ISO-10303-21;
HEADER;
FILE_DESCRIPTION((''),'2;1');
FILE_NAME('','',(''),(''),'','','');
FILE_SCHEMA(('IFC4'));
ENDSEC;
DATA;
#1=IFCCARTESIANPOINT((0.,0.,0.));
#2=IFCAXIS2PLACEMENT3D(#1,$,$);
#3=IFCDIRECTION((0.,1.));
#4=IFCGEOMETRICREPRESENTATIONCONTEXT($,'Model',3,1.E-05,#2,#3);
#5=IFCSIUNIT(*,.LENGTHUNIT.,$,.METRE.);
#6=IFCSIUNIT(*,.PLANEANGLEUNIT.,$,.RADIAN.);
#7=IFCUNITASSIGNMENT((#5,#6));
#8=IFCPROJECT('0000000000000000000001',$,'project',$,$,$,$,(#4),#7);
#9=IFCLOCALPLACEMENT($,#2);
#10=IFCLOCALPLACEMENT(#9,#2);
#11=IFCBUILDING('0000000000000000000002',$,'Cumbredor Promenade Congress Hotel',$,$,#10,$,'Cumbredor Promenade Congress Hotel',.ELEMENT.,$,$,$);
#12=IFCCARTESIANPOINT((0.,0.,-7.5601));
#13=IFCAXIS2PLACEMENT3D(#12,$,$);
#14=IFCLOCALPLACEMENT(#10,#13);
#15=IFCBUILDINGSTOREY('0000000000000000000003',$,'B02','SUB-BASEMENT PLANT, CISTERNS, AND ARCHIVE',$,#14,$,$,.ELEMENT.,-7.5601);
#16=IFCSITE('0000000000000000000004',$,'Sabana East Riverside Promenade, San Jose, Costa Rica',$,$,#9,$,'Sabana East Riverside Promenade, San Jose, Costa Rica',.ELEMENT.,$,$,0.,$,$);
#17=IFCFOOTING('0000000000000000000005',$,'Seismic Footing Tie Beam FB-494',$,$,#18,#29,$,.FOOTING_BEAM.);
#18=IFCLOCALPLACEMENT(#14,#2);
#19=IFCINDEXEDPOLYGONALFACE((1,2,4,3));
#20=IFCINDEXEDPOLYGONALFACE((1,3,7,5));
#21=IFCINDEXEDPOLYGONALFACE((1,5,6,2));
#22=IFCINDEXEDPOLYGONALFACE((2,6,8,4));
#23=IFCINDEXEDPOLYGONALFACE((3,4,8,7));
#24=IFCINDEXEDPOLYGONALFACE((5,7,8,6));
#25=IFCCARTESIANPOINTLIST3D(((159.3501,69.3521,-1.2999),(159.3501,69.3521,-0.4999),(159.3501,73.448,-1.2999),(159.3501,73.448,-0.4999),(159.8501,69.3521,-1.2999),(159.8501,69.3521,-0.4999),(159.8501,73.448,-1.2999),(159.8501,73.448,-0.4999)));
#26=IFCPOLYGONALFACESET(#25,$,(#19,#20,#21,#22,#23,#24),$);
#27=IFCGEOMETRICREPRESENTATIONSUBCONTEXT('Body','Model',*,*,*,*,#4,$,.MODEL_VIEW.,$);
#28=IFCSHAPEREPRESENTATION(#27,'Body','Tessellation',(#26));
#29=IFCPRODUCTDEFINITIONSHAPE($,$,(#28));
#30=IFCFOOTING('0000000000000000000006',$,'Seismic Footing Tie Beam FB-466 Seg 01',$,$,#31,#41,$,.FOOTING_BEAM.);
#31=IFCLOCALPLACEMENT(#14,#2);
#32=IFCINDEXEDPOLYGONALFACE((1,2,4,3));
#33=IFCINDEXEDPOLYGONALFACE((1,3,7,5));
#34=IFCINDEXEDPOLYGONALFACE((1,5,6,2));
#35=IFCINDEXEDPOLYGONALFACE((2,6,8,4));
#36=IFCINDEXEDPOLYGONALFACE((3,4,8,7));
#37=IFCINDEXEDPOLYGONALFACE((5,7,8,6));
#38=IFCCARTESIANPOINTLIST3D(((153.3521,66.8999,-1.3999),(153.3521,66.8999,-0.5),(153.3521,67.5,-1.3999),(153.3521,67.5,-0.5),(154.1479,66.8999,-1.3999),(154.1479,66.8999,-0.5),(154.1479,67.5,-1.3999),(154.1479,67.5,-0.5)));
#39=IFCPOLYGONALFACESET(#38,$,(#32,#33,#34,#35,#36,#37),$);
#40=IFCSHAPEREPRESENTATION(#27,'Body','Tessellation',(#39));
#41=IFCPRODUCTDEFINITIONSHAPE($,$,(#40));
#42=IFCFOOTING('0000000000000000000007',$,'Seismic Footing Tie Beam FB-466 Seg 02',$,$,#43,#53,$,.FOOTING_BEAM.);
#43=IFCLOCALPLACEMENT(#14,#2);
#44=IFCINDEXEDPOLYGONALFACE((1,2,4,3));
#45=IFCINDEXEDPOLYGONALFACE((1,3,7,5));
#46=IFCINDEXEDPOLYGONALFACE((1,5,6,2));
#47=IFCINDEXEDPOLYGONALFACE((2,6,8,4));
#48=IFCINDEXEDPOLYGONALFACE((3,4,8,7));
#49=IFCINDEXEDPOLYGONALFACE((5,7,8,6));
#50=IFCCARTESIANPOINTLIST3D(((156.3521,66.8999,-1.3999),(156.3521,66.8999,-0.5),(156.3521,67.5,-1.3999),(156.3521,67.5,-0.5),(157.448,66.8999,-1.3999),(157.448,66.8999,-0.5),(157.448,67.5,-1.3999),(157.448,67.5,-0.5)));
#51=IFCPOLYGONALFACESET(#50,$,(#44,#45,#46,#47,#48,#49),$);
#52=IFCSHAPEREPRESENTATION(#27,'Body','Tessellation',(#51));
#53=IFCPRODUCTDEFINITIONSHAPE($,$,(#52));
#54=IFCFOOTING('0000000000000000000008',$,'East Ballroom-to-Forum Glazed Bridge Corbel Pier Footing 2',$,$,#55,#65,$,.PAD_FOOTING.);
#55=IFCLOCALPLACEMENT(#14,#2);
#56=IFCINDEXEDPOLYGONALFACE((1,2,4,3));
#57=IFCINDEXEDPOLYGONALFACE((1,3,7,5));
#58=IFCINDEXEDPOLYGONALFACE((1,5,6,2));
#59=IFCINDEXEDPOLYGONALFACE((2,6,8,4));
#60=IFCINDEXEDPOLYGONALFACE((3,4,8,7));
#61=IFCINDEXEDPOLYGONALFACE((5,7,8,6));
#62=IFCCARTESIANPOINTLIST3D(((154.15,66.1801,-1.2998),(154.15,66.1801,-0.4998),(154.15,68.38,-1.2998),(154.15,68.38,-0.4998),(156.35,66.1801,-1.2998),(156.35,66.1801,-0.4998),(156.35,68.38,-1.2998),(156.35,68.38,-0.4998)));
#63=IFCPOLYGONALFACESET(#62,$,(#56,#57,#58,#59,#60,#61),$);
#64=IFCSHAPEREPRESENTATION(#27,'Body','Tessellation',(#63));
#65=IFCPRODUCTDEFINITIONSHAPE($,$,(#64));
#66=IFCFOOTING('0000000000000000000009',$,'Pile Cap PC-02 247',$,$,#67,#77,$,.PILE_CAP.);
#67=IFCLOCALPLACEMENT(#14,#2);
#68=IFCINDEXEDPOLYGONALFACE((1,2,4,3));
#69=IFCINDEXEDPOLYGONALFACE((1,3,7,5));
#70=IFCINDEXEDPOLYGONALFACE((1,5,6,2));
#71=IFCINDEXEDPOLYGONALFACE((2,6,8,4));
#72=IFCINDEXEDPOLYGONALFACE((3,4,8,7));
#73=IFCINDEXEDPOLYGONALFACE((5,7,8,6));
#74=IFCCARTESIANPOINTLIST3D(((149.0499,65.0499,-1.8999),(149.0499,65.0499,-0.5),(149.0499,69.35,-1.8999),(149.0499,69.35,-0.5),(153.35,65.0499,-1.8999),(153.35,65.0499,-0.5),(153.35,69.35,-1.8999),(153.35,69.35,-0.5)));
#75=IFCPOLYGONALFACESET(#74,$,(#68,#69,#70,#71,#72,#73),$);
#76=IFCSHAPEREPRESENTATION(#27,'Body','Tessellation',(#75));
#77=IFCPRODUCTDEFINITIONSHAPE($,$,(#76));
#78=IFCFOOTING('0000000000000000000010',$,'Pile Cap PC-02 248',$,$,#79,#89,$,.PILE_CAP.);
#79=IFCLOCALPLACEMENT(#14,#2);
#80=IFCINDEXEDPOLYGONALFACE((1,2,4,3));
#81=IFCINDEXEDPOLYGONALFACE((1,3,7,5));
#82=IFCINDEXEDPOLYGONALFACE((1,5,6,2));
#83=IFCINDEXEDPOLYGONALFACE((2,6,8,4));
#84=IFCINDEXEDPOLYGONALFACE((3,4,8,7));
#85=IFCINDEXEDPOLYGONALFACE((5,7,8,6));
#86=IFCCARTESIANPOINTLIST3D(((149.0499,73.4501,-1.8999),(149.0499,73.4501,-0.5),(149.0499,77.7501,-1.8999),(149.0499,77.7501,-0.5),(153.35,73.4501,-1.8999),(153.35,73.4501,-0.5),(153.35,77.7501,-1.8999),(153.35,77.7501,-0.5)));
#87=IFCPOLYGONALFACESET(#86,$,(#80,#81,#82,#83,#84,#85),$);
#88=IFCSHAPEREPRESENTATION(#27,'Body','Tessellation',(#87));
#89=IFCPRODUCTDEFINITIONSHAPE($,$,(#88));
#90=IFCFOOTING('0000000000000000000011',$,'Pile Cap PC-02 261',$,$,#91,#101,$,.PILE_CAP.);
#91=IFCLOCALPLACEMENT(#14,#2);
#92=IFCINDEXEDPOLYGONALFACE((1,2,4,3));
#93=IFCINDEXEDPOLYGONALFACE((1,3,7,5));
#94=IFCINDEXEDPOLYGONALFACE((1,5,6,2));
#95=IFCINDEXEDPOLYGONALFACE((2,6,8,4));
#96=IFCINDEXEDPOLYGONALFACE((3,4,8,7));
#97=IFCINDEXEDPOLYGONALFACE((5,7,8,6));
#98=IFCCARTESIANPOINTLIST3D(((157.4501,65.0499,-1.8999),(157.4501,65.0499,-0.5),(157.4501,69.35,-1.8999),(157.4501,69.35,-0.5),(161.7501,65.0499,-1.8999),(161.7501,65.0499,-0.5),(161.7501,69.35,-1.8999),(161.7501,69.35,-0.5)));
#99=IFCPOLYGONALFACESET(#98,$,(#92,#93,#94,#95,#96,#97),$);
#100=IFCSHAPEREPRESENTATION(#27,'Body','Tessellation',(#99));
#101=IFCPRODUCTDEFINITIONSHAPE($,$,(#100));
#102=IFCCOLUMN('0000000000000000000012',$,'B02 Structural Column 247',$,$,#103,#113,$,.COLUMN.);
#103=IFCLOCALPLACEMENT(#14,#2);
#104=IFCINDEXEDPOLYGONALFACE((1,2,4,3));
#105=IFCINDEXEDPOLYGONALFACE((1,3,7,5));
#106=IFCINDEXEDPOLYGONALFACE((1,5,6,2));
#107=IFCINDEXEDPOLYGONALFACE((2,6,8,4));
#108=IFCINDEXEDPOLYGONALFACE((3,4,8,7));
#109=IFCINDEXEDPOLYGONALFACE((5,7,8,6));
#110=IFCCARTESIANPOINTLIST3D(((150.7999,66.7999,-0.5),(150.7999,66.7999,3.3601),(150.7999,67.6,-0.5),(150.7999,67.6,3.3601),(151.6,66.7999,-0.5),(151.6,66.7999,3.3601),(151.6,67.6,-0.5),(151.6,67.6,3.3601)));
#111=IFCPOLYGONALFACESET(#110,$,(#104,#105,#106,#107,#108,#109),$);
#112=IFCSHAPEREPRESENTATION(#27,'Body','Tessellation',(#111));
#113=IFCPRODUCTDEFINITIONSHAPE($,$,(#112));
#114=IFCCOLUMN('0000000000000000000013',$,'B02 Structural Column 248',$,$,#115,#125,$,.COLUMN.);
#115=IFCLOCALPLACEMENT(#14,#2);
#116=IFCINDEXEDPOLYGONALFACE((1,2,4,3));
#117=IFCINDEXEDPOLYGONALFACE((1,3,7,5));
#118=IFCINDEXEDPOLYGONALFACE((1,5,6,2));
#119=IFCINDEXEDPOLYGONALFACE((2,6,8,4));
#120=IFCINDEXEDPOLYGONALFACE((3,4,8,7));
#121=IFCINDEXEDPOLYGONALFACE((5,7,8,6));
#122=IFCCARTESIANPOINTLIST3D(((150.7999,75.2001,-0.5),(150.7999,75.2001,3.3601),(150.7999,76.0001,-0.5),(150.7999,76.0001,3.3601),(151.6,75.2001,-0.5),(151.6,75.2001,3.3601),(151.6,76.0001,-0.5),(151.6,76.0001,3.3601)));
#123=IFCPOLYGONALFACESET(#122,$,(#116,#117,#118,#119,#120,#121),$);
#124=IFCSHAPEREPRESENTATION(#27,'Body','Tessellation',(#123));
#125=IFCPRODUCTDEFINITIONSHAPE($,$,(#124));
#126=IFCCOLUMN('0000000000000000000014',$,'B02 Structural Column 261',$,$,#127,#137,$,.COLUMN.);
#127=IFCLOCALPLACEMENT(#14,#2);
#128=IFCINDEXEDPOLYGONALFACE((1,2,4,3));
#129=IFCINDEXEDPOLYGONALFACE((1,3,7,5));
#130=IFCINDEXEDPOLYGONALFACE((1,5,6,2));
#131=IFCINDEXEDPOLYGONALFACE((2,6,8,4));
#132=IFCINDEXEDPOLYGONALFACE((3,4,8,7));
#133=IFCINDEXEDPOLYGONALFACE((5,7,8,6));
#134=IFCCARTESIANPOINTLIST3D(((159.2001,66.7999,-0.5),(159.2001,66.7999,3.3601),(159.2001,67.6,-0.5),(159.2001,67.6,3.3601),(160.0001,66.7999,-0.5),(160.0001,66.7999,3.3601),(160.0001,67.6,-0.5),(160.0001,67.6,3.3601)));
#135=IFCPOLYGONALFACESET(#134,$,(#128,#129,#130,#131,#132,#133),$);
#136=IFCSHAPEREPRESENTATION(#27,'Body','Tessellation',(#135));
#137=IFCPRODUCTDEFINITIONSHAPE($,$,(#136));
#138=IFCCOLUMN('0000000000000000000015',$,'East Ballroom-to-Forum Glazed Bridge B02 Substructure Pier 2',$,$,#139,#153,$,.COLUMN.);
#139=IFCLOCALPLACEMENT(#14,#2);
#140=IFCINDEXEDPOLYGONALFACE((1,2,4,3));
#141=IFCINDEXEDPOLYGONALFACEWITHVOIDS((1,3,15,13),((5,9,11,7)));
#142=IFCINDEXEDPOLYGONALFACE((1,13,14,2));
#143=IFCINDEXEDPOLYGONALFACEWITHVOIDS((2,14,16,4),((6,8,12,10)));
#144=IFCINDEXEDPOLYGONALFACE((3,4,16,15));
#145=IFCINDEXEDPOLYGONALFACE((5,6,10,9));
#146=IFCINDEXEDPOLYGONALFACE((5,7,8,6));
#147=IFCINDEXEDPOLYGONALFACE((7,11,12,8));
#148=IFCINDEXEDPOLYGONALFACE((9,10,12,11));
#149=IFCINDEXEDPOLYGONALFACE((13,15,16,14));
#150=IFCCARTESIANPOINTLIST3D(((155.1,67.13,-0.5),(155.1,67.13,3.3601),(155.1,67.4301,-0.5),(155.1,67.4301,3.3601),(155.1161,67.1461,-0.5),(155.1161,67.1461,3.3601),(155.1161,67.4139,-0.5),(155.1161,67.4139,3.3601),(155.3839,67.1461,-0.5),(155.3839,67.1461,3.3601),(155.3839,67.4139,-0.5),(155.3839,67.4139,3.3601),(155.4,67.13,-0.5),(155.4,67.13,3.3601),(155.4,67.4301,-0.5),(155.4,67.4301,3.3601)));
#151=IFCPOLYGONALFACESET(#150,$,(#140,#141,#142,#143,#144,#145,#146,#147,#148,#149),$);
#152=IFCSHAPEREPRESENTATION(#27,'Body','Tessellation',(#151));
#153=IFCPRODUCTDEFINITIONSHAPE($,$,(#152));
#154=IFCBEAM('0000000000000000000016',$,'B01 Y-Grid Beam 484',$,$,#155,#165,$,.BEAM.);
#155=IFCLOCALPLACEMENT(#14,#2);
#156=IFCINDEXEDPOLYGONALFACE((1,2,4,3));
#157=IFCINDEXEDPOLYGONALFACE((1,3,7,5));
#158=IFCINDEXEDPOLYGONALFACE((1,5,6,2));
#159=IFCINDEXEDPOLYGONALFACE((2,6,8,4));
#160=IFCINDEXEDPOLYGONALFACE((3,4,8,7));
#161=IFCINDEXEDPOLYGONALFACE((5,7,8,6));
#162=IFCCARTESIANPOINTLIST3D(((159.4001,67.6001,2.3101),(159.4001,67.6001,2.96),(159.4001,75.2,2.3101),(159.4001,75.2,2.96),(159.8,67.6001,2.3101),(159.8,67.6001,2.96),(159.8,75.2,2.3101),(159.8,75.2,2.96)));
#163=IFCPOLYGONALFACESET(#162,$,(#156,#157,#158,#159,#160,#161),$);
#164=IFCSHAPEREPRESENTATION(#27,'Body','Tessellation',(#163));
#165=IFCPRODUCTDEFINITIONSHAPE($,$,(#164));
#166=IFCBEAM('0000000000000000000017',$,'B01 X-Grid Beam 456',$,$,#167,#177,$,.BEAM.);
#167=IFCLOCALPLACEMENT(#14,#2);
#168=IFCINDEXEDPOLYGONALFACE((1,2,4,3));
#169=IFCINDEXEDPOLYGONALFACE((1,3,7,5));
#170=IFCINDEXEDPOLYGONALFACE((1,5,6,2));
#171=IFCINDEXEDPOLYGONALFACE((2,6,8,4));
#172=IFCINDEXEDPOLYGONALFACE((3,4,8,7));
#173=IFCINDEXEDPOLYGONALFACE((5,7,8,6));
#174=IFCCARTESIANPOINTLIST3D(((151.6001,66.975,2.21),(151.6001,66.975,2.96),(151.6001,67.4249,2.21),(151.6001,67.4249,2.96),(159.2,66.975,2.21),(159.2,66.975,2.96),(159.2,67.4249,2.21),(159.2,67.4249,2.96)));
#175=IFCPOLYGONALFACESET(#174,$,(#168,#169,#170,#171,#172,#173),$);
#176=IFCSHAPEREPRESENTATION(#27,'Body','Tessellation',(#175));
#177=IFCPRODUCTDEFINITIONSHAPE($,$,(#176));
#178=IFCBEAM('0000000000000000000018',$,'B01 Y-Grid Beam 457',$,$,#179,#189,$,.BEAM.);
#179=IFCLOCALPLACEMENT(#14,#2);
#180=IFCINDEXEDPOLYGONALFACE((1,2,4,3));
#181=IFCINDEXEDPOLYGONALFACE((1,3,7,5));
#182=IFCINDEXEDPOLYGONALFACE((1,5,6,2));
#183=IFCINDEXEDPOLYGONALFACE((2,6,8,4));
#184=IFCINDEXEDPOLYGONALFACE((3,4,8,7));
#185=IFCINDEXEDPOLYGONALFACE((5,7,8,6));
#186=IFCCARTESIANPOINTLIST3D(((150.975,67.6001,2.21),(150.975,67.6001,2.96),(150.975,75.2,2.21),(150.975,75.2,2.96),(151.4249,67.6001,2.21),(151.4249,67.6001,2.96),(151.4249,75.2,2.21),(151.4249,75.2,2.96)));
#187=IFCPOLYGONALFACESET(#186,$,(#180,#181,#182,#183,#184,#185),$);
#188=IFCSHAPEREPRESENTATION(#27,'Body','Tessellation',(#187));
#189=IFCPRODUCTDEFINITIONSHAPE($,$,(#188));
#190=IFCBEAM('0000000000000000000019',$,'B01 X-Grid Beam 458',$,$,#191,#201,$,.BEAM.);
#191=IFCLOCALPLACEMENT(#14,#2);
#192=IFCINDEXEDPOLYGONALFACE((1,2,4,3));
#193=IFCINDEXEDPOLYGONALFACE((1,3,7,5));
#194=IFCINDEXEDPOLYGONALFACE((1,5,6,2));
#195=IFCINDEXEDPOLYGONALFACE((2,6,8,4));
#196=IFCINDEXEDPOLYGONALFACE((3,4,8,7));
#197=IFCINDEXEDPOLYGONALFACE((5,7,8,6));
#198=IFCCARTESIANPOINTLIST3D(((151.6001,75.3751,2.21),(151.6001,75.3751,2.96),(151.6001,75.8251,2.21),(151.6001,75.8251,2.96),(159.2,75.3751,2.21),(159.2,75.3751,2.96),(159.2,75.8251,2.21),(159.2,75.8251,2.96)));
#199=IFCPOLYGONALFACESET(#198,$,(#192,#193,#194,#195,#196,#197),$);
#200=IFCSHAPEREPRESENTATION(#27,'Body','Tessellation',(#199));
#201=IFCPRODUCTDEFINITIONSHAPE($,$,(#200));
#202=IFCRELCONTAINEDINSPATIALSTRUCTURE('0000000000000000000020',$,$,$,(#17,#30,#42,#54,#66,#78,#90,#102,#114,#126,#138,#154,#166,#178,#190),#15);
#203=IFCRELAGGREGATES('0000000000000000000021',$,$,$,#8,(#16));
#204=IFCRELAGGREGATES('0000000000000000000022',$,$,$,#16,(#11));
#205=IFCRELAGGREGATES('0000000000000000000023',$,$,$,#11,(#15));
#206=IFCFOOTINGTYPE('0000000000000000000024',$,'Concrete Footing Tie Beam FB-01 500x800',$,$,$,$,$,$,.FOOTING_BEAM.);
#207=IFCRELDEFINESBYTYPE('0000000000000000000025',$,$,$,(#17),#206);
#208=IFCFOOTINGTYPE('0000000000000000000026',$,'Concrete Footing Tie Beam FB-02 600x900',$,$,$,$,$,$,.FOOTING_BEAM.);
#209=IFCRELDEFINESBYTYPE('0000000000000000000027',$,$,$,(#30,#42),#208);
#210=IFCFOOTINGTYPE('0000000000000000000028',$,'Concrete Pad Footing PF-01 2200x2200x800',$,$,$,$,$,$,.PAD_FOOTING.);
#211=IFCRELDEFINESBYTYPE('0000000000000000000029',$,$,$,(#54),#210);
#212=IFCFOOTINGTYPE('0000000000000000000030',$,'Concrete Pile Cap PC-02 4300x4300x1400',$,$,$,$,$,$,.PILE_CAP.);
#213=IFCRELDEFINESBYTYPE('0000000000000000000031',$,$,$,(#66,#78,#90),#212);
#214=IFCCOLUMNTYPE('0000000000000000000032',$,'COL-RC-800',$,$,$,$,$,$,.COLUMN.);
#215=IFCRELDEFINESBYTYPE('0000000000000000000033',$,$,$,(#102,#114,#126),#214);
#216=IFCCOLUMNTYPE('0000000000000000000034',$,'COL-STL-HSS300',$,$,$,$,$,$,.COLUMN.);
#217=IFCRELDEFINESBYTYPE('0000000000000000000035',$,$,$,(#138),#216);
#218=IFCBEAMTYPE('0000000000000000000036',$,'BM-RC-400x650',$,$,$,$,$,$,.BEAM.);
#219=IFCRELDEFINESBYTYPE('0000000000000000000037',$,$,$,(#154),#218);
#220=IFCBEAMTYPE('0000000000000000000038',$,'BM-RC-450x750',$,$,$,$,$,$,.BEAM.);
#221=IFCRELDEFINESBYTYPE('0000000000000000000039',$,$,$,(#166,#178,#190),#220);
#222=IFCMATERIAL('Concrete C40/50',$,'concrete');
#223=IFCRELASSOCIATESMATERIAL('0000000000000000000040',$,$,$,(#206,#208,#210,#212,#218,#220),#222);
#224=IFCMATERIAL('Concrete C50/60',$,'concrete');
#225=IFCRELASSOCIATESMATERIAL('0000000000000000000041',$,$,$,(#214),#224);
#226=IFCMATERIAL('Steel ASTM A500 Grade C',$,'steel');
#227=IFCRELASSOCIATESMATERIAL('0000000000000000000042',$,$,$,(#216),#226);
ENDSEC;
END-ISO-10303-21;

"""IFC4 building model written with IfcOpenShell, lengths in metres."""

from ifc_helpers import new_model, si_unit, direction, frame, origin, origin_2d, place, context, subcontext, project, spatial, rectangle, hollow_rectangle, extrude, material, material_profile, profile_set, type_object, element, save


model = new_model("IFC4")

# Units and contexts
model_context = context("Model", 3, precision=1e-05, world=origin(), true_north=direction((0.0, 1.0)))
body_context = subcontext(model_context, "Body", "Model", "MODEL_VIEW")
ifc_project = project(units=[si_unit("LENGTHUNIT", "METRE"), si_unit("PLANEANGLEUNIT", "RADIAN")], contexts=[model_context])

# Site, building, storey
site_placement = place(None, origin())
site = spatial("IfcSite", under=ifc_project, at=site_placement, Name="Sabana East Riverside Promenade, San Jose, Costa Rica", LongName="Sabana East Riverside Promenade, San Jose, Costa Rica", CompositionType="ELEMENT", RefElevation=0.0)
building_placement = place(site_placement, origin())
building = spatial("IfcBuilding", under=site, at=building_placement, Name="Cumbredor Promenade Congress Hotel", LongName="Cumbredor Promenade Congress Hotel", CompositionType="ELEMENT")
storey_placement = place(building_placement, frame((0.0, 0.0, -7.5601)))
storey = spatial("IfcBuildingStorey", under=building, at=storey_placement, Name="B02", Description="SUB-BASEMENT PLANT, CISTERNS, AND ARCHIVE", CompositionType="ELEMENT", Elevation=-7.5601)

# Shared definitions
ifc_material_1 = material(Name="Concrete C40/50", Category="concrete")

# Footings
ifc_material_profile_1 = material_profile(ifc_material_1, rectangle(XDim=0.5, YDim=0.8, at=origin_2d()), Name="FB 500x800")
ifc_profile_set_1 = profile_set([ifc_material_profile_1], Name="Concrete C40/50")
footing_type_1 = type_object("IfcFootingType", Name="Concrete Footing Tie Beam FB-01 500x800", PredefinedType="FOOTING_BEAM", material=ifc_profile_set_1)
footing_1_placement = place(storey_placement, frame((159.6001, 69.3521, -0.8999), z_axis=(0.0, 1.0, 0.0), x_axis=(-1.0, 0.0, 0.0)))
element("IfcFooting", 1, at=footing_1_placement, inside=storey, type_object=footing_type_1, Name="Seismic Footing Tie Beam FB-494", PredefinedType="FOOTING_BEAM", context=body_context, shape_type="SweptSolid", body=[
    extrude(rectangle(XDim=0.5, YDim=0.8, at=origin_2d()), origin(), (0.0, 0.0, 1.0), 4.0959),
])
ifc_material_profile_2 = material_profile(ifc_material_1, rectangle(XDim=0.6001, YDim=0.8999, at=origin_2d()), Name="FB 600x900")
ifc_profile_set_2 = profile_set([ifc_material_profile_2], Name="Concrete C40/50")
footing_type_2 = type_object("IfcFootingType", Name="Concrete Footing Tie Beam FB-02 600x900", PredefinedType="FOOTING_BEAM", material=ifc_profile_set_2)
footing_2_placement = place(storey_placement, frame((153.3521, 67.2, -0.95), z_axis=(1.0, 0.0, 0.0), x_axis=(0.0, 1.0, 0.0)))
element("IfcFooting", 2, at=footing_2_placement, inside=storey, type_object=footing_type_2, Name="Seismic Footing Tie Beam FB-466 Seg 01", PredefinedType="FOOTING_BEAM", context=body_context, shape_type="SweptSolid", body=[
    extrude(rectangle(XDim=0.6001, YDim=0.8999, at=origin_2d()), origin(), (0.0, 0.0, 1.0), 0.7959),
])
footing_3_placement = place(storey_placement, frame((156.3521, 67.2, -0.95), z_axis=(1.0, 0.0, 0.0), x_axis=(0.0, 1.0, 0.0)))
element("IfcFooting", 3, at=footing_3_placement, inside=storey, type_object=footing_type_2, Name="Seismic Footing Tie Beam FB-466 Seg 02", PredefinedType="FOOTING_BEAM", context=body_context, shape_type="SweptSolid", body=[
    extrude(rectangle(XDim=0.6001, YDim=0.8999, at=origin_2d()), origin(), (0.0, 0.0, 1.0), 1.0959),
])
footing_type_3 = type_object("IfcFootingType", Name="Concrete Pad Footing PF-01 2200x2200x800", PredefinedType="PAD_FOOTING", material=ifc_material_1)
footing_4_placement = place(storey_placement, frame((155.25, 67.28, -1.2998), z_axis=(0.0, 0.0, 1.0), x_axis=(1.0, 0.0, 0.0)))
element("IfcFooting", 4, at=footing_4_placement, inside=storey, type_object=footing_type_3, Name="East Ballroom-to-Forum Glazed Bridge Corbel Pier Footing 2", PredefinedType="PAD_FOOTING", context=body_context, shape_type="SweptSolid", body=[
    extrude(rectangle(XDim=2.2, YDim=2.2, at=origin_2d()), origin(), (0.0, 0.0, 1.0), 0.8),
])
footing_type_4 = type_object("IfcFootingType", Name="Concrete Pile Cap PC-02 4300x4300x1400", PredefinedType="PILE_CAP", material=ifc_material_1)
for number, where, z_axis, x_axis, name in (
    (5, (151.2, 67.2, -1.8999), (0.0, 0.0, 1.0), (1.0, 0.0, 0.0), "Pile Cap PC-02 247"),
    (6, (151.2, 75.6001, -1.8999), (0.0, 0.0, 1.0), (1.0, 0.0, 0.0), "Pile Cap PC-02 248"),
    (7, (159.6001, 67.2, -1.8999), (0.0, 0.0, 1.0), (1.0, 0.0, 0.0), "Pile Cap PC-02 261"),
):
    element("IfcFooting", number, at=place(storey_placement, frame(where, z_axis=z_axis, x_axis=x_axis)), inside=storey, type_object=footing_type_4, Name=name, PredefinedType="PILE_CAP", context=body_context, shape_type="SweptSolid", body=[
        extrude(rectangle(XDim=4.3, YDim=4.3, at=origin_2d()), origin(), (0.0, 0.0, 1.0), 1.3999),
    ])

# Columns
ifc_material_2 = material(Name="Concrete C50/60", Category="concrete")
ifc_material_profile_3 = material_profile(ifc_material_2, rectangle(XDim=0.8, YDim=0.8, at=origin_2d()), Name="RC 800x800")
ifc_profile_set_3 = profile_set([ifc_material_profile_3], Name="Concrete C50/60")
column_type_1 = type_object("IfcColumnType", Name="COL-RC-800", PredefinedType="COLUMN", material=ifc_profile_set_3)
for number, where, z_axis, x_axis, name in (
    (8, (151.2, 67.2, -0.5), (0.0, 0.0, 1.0), (1.0, 0.0, 0.0), "B02 Structural Column 247"),
    (9, (151.2, 75.6001, -0.5), (0.0, 0.0, 1.0), (1.0, 0.0, 0.0), "B02 Structural Column 248"),
    (10, (159.6001, 67.2, -0.5), (0.0, 0.0, 1.0), (1.0, 0.0, 0.0), "B02 Structural Column 261"),
):
    element("IfcColumn", number, at=place(storey_placement, frame(where, z_axis=z_axis, x_axis=x_axis)), inside=storey, type_object=column_type_1, Name=name, PredefinedType="COLUMN", context=body_context, shape_type="SweptSolid", body=[
        extrude(rectangle(XDim=0.8, YDim=0.8, at=origin_2d()), origin(), (0.0, 0.0, 1.0), 3.8601),
    ])
ifc_material_3 = material(Name="Steel ASTM A500 Grade C", Category="steel")
ifc_material_profile_4 = material_profile(ifc_material_3, hollow_rectangle(XDim=0.3, YDim=0.3, WallThickness=0.0161, at=origin_2d()), Name="HSS 300x300x16")
ifc_profile_set_4 = profile_set([ifc_material_profile_4], Name="Steel ASTM A500 Grade C")
column_type_2 = type_object("IfcColumnType", Name="COL-STL-HSS300", PredefinedType="COLUMN", material=ifc_profile_set_4)
column_placement = place(storey_placement, frame((155.25, 67.28, -0.5), z_axis=(0.0, 0.0, 1.0), x_axis=(1.0, 0.0, 0.0)))
element("IfcColumn", 11, at=column_placement, inside=storey, type_object=column_type_2, Name="East Ballroom-to-Forum Glazed Bridge B02 Substructure Pier 2", PredefinedType="COLUMN", context=body_context, shape_type="SweptSolid", body=[
    extrude(hollow_rectangle(XDim=0.3, YDim=0.3, WallThickness=0.0161, at=origin_2d()), origin(), (0.0, 0.0, 1.0), 3.8601),
])

# Beams
ifc_material_profile_5 = material_profile(ifc_material_1, rectangle(XDim=0.3999, YDim=0.6499, at=origin_2d()), Name="RC BEAM 400x650")
ifc_profile_set_5 = profile_set([ifc_material_profile_5], Name="Concrete C40/50")
beam_type_1 = type_object("IfcBeamType", Name="BM-RC-400x650", PredefinedType="BEAM", material=ifc_profile_set_5)
beam_1_placement = place(storey_placement, frame((159.6001, 67.6001, 2.635), z_axis=(0.0, 1.0, 0.0), x_axis=(-1.0, 0.0, 0.0)))
element("IfcBeam", 12, at=beam_1_placement, inside=storey, type_object=beam_type_1, Name="B01 Y-Grid Beam 484", PredefinedType="BEAM", context=body_context, shape_type="SweptSolid", body=[
    extrude(rectangle(XDim=0.3999, YDim=0.6499, at=origin_2d()), origin(), (0.0, 0.0, 1.0), 7.5999),
])
ifc_material_profile_6 = material_profile(ifc_material_1, rectangle(XDim=0.45, YDim=0.75, at=origin_2d()), Name="RC BEAM 450x750")
ifc_profile_set_6 = profile_set([ifc_material_profile_6], Name="Concrete C40/50")
beam_type_2 = type_object("IfcBeamType", Name="BM-RC-450x750", PredefinedType="BEAM", material=ifc_profile_set_6)
for number, where, z_axis, x_axis, name in (
    (13, (151.6001, 67.2, 2.585), (1.0, 0.0, 0.0), (0.0, 1.0, 0.0), "B01 X-Grid Beam 456"),
    (14, (151.2, 67.6001, 2.585), (0.0, 1.0, 0.0), (-1.0, 0.0, 0.0), "B01 Y-Grid Beam 457"),
    (15, (151.6001, 75.6001, 2.585), (1.0, 0.0, 0.0), (0.0, 1.0, 0.0), "B01 X-Grid Beam 458"),
):
    element("IfcBeam", number, at=place(storey_placement, frame(where, z_axis=z_axis, x_axis=x_axis)), inside=storey, type_object=beam_type_2, Name=name, PredefinedType="BEAM", context=body_context, shape_type="SweptSolid", body=[
        extrude(rectangle(XDim=0.45, YDim=0.75, at=origin_2d()), origin(), (0.0, 0.0, 1.0), 7.5999),
    ])

save(model, "model.ifc")
